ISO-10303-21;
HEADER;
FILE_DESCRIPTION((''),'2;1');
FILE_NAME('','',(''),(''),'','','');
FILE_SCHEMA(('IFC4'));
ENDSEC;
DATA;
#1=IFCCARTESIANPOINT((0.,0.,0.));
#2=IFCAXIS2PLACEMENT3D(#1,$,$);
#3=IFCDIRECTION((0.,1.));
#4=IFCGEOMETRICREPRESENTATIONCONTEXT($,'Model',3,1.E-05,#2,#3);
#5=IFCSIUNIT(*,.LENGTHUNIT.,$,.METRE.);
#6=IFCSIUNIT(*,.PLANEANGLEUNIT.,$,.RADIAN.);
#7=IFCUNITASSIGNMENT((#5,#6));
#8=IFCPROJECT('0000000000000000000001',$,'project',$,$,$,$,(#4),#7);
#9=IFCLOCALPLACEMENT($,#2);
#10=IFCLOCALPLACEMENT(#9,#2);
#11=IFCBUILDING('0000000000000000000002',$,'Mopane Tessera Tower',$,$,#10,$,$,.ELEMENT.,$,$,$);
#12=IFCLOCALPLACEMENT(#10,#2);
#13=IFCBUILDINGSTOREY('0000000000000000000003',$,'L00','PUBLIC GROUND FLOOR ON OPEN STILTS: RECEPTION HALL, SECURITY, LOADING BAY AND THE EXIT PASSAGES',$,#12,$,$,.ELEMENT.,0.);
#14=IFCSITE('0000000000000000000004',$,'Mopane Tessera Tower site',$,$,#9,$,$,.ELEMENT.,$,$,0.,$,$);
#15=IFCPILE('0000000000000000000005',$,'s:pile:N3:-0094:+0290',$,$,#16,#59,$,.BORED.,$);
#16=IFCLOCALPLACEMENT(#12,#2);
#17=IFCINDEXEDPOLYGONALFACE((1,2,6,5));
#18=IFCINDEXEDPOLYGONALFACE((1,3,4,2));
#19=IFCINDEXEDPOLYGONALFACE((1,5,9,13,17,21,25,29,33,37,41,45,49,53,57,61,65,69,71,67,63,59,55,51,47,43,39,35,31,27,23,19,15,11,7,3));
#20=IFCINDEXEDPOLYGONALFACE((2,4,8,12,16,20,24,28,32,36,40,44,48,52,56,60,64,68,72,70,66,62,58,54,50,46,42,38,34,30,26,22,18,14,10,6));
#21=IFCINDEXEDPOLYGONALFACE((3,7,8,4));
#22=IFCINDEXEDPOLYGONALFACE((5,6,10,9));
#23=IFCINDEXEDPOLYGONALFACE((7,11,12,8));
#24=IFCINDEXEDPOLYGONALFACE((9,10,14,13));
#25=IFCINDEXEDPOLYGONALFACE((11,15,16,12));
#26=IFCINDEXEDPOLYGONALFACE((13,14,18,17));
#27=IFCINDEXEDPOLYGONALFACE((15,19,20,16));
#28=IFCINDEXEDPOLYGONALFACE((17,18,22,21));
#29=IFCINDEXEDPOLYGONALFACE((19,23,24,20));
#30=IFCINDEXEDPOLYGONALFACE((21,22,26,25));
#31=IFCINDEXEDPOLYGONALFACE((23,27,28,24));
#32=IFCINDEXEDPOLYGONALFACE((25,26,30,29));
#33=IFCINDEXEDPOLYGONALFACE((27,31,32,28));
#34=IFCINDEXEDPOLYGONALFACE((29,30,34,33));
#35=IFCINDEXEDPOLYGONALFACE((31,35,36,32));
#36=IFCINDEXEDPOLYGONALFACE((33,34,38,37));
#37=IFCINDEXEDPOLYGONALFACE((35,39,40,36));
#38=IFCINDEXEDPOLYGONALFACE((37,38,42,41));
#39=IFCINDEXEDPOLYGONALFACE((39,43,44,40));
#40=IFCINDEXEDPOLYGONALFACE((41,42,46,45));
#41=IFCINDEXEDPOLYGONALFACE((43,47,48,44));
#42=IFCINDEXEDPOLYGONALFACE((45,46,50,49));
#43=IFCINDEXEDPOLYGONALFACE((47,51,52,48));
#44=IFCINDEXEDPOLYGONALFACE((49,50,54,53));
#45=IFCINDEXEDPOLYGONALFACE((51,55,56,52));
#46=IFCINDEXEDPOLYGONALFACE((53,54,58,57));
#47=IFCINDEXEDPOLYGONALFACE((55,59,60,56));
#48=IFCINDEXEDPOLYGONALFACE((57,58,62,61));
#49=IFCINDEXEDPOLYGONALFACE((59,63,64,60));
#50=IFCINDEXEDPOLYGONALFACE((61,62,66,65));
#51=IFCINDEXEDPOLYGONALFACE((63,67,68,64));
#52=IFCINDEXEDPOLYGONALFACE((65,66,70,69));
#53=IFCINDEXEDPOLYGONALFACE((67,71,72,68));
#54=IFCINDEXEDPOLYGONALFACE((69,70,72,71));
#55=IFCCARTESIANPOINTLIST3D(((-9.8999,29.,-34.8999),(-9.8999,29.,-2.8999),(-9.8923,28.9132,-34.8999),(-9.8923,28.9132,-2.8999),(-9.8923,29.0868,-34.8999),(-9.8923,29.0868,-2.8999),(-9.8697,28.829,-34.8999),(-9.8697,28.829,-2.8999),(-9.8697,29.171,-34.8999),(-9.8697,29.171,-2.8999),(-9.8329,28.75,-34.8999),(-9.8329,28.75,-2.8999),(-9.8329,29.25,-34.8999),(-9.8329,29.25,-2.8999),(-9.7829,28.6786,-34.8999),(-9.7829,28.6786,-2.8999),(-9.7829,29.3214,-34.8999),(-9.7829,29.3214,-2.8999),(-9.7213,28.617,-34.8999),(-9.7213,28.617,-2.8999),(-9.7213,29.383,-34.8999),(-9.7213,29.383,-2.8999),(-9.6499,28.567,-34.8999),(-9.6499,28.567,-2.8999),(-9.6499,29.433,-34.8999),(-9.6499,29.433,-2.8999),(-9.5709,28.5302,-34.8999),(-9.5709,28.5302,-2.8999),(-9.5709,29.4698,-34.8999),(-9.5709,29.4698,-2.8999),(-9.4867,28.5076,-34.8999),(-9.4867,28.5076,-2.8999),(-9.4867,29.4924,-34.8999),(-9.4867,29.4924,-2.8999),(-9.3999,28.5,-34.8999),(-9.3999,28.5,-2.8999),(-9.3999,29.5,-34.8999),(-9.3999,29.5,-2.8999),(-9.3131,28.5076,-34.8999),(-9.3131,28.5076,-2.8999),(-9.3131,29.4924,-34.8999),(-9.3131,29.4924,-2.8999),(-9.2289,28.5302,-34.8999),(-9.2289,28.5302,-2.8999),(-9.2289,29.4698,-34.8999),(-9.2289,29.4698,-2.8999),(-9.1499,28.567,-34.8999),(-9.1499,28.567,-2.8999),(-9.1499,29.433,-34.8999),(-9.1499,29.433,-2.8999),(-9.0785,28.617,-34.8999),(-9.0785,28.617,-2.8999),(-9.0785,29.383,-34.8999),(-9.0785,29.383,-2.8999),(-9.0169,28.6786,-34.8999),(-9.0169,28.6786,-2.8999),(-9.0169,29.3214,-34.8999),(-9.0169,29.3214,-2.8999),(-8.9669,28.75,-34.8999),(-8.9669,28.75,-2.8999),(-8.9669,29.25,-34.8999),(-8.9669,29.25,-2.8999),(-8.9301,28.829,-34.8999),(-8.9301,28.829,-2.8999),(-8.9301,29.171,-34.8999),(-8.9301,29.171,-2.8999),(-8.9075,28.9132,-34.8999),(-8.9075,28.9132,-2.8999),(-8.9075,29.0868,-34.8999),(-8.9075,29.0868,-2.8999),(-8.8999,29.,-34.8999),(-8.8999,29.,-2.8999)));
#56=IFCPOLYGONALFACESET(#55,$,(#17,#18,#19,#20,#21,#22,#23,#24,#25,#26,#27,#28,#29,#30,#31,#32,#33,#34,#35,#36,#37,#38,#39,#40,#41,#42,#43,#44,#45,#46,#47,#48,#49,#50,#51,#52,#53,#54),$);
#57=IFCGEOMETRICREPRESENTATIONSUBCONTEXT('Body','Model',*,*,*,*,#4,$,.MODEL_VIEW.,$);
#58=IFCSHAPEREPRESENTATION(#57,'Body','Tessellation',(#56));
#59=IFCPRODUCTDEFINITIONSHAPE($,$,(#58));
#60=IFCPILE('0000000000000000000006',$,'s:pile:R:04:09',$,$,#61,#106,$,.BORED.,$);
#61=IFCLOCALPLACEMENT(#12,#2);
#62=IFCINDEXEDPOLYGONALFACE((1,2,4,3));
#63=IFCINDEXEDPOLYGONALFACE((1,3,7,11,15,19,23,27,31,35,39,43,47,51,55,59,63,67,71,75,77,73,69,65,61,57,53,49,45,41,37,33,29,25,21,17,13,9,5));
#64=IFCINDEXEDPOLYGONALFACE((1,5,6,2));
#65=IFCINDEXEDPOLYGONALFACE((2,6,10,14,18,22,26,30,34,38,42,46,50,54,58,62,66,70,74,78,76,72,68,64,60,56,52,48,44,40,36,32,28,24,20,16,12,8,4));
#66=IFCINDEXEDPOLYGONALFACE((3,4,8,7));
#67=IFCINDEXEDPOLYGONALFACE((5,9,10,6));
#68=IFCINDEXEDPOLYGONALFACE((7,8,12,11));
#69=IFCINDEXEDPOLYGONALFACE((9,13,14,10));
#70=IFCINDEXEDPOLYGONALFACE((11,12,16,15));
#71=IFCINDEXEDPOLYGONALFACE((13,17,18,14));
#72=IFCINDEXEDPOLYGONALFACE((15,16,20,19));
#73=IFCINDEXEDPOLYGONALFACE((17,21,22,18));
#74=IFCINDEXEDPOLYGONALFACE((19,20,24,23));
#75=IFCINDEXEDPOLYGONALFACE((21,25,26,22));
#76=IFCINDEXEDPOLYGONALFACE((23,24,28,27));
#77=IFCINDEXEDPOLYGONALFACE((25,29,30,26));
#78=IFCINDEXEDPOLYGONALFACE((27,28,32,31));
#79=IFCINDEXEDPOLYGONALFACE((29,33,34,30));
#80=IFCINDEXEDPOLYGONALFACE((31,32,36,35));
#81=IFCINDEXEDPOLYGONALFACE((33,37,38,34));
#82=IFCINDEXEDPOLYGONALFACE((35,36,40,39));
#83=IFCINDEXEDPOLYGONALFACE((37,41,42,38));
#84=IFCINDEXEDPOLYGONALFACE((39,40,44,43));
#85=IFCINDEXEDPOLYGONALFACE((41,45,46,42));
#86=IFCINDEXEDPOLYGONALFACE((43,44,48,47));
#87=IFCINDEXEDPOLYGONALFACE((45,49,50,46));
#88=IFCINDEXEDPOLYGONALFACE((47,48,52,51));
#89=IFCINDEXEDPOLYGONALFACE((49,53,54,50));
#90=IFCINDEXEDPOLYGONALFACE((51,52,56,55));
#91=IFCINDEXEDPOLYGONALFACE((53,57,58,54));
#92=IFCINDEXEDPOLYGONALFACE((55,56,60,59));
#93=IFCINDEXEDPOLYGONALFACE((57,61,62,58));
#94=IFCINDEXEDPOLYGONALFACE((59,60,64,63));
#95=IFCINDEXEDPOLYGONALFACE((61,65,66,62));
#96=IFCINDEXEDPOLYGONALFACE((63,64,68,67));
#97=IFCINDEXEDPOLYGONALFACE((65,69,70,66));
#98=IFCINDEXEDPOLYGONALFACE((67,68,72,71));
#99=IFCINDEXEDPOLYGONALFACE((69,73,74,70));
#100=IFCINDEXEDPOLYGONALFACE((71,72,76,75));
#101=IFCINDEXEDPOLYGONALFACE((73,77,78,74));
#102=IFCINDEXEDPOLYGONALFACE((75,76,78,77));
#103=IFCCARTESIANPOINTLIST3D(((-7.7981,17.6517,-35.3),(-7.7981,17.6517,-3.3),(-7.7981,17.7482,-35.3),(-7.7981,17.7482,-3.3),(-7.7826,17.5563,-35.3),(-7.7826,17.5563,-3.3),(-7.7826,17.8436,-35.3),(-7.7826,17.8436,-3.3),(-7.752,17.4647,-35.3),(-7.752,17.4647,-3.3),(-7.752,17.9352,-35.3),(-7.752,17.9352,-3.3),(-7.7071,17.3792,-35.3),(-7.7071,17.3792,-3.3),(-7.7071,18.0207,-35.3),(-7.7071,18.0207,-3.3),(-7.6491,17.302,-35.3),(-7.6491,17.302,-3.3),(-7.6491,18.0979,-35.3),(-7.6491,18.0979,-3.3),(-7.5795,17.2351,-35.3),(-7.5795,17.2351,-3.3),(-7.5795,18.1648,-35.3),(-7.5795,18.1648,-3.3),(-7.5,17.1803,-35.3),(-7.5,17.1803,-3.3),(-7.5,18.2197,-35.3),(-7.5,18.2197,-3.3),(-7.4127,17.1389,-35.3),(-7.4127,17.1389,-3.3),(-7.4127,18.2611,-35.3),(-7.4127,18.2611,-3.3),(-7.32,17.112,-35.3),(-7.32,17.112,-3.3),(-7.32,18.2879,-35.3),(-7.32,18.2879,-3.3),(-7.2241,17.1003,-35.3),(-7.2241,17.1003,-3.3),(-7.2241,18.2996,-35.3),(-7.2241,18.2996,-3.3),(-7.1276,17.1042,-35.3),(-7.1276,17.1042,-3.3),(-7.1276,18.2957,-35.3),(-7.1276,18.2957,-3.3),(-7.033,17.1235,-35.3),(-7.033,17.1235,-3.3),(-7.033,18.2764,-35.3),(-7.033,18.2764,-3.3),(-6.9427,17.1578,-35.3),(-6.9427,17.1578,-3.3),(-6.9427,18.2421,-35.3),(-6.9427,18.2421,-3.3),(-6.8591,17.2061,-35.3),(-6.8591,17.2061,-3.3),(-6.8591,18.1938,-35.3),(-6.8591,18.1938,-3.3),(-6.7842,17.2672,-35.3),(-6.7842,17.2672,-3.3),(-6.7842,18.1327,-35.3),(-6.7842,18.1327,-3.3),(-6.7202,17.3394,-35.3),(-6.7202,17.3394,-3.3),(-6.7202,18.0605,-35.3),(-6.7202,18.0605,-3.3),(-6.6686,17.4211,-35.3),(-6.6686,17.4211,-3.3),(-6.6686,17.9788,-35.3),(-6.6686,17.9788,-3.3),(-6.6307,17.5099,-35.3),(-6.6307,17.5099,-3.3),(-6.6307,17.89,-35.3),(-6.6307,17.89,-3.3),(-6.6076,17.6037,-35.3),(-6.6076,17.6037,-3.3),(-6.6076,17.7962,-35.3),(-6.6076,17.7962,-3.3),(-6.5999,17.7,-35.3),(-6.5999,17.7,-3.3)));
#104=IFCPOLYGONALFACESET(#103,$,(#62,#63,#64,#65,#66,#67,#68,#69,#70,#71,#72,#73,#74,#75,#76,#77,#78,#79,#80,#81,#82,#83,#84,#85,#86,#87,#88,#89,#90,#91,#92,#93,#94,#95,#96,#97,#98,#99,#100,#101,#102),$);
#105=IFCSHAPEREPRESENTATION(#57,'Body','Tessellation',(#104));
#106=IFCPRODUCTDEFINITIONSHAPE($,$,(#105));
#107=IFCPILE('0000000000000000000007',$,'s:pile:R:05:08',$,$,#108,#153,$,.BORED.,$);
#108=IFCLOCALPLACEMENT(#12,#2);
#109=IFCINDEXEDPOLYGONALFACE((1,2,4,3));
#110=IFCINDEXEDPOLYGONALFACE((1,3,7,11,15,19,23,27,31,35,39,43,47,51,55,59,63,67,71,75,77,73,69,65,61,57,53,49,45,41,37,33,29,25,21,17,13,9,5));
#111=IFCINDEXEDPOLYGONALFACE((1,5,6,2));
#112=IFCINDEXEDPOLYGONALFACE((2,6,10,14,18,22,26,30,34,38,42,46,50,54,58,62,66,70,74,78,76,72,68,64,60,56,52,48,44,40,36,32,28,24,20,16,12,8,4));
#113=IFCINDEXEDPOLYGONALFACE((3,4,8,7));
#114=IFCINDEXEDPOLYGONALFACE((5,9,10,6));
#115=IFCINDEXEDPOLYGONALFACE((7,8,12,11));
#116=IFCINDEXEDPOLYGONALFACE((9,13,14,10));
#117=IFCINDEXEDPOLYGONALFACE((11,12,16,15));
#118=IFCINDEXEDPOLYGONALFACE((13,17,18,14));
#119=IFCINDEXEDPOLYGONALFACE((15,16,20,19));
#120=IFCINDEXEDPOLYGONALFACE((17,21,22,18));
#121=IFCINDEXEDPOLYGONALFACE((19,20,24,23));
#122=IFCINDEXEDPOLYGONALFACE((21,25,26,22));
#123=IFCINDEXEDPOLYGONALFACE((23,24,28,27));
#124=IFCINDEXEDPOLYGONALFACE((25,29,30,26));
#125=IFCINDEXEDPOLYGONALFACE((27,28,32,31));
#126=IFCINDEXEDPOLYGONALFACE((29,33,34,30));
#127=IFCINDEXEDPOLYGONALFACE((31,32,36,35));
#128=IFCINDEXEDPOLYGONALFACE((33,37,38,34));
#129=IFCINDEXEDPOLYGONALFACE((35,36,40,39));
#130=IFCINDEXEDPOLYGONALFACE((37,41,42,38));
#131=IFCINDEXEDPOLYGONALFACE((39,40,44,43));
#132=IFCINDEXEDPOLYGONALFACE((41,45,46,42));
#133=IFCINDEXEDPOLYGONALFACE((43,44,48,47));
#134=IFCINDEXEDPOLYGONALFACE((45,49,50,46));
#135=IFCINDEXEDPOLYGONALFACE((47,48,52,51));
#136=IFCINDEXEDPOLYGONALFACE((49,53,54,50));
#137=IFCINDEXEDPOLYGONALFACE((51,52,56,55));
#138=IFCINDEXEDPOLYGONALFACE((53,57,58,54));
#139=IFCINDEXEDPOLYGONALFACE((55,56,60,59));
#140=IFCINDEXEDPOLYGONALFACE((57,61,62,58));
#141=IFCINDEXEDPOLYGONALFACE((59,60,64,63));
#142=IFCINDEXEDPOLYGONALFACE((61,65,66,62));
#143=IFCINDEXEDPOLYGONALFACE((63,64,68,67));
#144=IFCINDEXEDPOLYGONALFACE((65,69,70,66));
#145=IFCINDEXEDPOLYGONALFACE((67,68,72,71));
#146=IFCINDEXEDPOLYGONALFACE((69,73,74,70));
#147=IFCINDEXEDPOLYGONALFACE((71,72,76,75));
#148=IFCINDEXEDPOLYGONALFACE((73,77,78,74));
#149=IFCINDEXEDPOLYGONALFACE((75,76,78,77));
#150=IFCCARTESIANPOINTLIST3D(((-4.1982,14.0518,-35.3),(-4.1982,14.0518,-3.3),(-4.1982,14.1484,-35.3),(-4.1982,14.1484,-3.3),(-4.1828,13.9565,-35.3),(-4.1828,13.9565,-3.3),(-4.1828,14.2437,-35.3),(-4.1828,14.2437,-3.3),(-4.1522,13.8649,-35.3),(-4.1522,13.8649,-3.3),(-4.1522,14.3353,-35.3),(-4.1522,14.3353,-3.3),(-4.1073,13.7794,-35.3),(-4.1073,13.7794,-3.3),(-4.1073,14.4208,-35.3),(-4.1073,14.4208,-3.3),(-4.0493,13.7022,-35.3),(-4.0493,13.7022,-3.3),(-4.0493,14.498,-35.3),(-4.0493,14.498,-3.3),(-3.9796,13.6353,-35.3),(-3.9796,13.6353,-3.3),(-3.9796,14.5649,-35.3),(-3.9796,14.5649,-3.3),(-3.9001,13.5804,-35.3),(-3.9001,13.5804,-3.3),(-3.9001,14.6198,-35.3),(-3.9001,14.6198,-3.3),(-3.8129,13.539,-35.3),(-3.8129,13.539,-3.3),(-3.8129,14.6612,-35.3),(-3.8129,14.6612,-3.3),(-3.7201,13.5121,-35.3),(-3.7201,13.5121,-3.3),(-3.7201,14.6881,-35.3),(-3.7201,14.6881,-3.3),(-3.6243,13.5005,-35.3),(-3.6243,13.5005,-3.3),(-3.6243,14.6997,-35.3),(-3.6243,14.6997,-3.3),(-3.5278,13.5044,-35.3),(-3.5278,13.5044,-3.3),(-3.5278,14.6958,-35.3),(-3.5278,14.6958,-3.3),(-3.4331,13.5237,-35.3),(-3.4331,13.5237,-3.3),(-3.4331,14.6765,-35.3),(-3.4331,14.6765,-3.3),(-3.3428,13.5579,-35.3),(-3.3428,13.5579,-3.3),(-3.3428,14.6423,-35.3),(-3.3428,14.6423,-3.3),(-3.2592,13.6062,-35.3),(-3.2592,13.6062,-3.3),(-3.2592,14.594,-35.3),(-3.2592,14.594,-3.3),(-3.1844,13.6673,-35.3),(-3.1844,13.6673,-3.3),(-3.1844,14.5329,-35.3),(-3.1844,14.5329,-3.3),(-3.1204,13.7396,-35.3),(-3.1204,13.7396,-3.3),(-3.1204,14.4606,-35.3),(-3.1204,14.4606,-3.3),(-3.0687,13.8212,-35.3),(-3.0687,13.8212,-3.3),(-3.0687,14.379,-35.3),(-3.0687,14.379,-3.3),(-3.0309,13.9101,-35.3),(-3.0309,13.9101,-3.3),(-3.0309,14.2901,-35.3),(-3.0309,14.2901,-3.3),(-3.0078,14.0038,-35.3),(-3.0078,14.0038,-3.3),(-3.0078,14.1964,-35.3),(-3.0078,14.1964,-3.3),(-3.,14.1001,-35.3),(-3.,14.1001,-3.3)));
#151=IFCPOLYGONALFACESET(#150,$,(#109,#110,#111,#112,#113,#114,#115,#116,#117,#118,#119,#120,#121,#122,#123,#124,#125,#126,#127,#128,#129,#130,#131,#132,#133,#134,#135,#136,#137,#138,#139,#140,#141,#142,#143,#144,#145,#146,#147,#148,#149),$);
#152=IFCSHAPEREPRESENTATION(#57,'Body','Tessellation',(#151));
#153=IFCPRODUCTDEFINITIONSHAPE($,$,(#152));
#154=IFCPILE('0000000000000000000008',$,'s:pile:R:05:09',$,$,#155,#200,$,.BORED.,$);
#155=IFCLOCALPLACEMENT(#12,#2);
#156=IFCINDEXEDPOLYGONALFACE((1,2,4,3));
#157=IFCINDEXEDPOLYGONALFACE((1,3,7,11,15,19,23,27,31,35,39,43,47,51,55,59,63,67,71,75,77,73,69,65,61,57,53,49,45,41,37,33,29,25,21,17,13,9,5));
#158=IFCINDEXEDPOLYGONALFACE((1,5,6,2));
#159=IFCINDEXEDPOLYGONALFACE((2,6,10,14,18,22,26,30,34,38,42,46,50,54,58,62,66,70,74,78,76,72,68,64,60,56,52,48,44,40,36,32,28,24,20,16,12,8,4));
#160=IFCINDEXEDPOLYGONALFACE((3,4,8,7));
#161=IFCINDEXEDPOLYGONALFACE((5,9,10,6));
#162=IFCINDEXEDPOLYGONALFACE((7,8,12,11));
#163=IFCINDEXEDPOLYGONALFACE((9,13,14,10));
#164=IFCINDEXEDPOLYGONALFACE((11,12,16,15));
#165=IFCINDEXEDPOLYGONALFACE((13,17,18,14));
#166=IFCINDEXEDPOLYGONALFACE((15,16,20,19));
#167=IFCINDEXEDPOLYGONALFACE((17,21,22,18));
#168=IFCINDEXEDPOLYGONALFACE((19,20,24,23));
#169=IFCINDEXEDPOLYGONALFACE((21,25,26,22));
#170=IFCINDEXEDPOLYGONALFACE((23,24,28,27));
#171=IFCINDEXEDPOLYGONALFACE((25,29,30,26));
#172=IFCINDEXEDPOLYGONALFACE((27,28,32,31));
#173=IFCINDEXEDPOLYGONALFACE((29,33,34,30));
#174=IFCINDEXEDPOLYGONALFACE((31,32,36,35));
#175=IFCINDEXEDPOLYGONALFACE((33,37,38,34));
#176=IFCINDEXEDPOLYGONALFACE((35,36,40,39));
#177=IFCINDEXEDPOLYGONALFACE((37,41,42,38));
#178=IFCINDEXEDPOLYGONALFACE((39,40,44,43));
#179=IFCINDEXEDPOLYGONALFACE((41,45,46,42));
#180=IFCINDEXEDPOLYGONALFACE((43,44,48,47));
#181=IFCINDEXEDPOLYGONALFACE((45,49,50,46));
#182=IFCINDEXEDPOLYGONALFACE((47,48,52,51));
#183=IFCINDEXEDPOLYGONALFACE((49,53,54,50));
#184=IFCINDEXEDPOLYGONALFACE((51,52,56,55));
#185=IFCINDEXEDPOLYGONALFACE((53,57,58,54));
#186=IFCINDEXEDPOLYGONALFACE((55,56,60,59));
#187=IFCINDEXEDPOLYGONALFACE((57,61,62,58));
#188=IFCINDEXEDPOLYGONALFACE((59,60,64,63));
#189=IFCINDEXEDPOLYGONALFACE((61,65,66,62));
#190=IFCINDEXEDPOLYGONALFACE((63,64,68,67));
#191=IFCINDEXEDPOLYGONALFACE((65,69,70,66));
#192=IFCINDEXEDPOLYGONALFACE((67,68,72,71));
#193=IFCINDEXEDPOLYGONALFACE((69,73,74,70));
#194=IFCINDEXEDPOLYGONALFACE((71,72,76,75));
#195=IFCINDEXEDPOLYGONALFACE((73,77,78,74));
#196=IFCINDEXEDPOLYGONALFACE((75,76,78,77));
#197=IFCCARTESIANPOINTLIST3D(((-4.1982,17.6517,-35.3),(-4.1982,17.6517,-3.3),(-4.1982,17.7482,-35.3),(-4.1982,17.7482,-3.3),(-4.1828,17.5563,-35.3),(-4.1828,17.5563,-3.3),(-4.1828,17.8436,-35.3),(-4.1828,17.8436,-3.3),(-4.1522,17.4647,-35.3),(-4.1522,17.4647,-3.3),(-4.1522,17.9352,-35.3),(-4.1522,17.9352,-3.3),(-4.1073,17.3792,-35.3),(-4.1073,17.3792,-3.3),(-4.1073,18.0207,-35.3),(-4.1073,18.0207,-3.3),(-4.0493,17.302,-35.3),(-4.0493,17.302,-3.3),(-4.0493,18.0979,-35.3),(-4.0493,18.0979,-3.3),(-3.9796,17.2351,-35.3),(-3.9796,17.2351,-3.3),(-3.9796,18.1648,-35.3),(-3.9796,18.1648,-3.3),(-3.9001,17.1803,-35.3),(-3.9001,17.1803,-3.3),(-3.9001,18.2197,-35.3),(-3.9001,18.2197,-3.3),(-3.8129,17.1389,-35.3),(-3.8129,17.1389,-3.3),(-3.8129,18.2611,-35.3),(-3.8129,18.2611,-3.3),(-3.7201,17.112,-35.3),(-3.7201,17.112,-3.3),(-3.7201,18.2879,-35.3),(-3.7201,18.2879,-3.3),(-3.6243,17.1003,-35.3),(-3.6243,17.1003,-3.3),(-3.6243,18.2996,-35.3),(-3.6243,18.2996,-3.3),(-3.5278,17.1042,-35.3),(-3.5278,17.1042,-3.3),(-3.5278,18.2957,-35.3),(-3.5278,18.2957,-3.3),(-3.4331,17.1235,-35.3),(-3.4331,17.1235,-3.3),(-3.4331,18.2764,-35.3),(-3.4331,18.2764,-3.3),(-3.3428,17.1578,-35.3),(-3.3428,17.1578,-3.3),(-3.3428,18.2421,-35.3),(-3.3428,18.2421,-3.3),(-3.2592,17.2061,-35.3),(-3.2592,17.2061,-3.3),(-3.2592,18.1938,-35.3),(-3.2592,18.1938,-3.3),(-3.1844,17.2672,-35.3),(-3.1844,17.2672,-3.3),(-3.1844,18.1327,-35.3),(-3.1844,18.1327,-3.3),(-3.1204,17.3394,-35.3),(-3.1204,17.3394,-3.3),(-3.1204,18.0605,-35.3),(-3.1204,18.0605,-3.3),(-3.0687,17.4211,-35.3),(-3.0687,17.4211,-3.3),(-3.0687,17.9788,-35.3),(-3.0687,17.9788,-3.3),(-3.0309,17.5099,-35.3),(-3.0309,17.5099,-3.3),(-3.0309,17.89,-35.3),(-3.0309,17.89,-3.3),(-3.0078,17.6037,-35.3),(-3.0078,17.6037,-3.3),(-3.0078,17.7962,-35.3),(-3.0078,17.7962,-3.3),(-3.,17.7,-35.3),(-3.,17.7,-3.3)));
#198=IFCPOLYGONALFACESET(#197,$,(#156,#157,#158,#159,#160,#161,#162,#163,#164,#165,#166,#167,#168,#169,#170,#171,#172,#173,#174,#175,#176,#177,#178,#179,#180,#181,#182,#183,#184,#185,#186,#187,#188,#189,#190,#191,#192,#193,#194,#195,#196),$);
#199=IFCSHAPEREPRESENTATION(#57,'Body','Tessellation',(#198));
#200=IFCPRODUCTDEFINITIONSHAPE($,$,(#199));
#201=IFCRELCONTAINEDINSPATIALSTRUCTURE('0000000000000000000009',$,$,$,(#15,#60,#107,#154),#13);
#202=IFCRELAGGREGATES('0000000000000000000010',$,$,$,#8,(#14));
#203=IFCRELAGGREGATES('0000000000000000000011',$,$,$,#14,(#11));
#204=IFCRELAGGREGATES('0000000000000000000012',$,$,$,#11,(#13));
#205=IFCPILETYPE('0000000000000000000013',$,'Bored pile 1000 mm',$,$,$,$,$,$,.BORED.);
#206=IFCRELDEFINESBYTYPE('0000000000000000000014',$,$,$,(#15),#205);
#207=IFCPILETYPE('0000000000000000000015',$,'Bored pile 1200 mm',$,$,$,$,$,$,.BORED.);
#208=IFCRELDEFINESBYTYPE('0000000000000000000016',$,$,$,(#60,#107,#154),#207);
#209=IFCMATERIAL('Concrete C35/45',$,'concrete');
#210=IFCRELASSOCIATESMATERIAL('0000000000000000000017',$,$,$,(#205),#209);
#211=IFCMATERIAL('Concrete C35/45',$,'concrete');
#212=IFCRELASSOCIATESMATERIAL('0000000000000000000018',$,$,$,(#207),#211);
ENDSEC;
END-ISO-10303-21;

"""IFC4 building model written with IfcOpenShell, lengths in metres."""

from ifc_helpers import new_model, si_unit, direction, frame, origin, origin_2d, place, context, subcontext, project, spatial, circle, extrude, material, material_profile, profile_set, type_object, element, save


model = new_model("IFC4")

# Units and contexts
model_context = context("Model", 3, precision=1e-05, world=origin(), true_north=direction((0.0, 1.0)))
body_context = subcontext(model_context, "Body", "Model", "MODEL_VIEW")
ifc_project = project(units=[si_unit("LENGTHUNIT", "METRE"), si_unit("PLANEANGLEUNIT", "RADIAN")], contexts=[model_context])

# Site, building, storey
site_placement = place(None, origin())
site = spatial("IfcSite", under=ifc_project, at=site_placement, Name="Mopane Tessera Tower site", CompositionType="ELEMENT", RefElevation=0.0)
building_placement = place(site_placement, origin())
building = spatial("IfcBuilding", under=site, at=building_placement, Name="Mopane Tessera Tower", CompositionType="ELEMENT")
storey_placement = place(building_placement, origin())
storey = spatial("IfcBuildingStorey", under=building, at=storey_placement, Name="L00", Description="PUBLIC GROUND FLOOR ON OPEN STILTS: RECEPTION HALL, SECURITY, LOADING BAY AND THE EXIT PASSAGES", CompositionType="ELEMENT", Elevation=0.0)

# Piles
ifc_material_1 = material(Name="Concrete C35/45", Category="concrete")
ifc_material_profile_1 = material_profile(ifc_material_1, circle(Radius=0.5, at=origin_2d()))
ifc_profile_set_1 = profile_set([ifc_material_profile_1], Name="Concrete C35/45")
pile_type_1 = type_object("IfcPileType", Name="Bored pile 1000 mm", PredefinedType="BORED", material=ifc_profile_set_1)
for number, where, z_axis, x_axis, name in (
    (1, (-9.3999, 29.0, -2.8999), (0.0, 0.0, -1.0), (1.0, 0.0, 0.0), "s:pile:N3:-0094:+0290"),
):
    element("IfcPile", number, at=place(storey_placement, frame(where, z_axis=z_axis, x_axis=x_axis)), inside=storey, type_object=pile_type_1, Name=name, PredefinedType="BORED", context=body_context, shape_type="SweptSolid", body=[
        extrude(circle(Radius=0.5, at=origin_2d()), origin(), (0.0, 0.0, 1.0), 32.0),
    ])
ifc_material_2 = material(Name="Concrete C35/45", Category="concrete")
ifc_material_profile_2 = material_profile(ifc_material_2, circle(Radius=0.6001, at=origin_2d()))
ifc_profile_set_2 = profile_set([ifc_material_profile_2], Name="Concrete C35/45")
pile_type_2 = type_object("IfcPileType", Name="Bored pile 1200 mm", PredefinedType="BORED", material=ifc_profile_set_2)
for number, where, z_axis, x_axis, name in (
    (2, (-7.2, 17.7, -3.3), (0.0, 0.0, -1.0), (1.0, 0.0, 0.0), "s:pile:R:04:09"),
    (3, (-3.6001, 14.1001, -3.3), (0.0, 0.0, -1.0), (1.0, 0.0, 0.0), "s:pile:R:05:08"),
    (4, (-3.6001, 17.7, -3.3), (0.0, 0.0, -1.0), (1.0, 0.0, 0.0), "s:pile:R:05:09"),
):
    element("IfcPile", number, at=place(storey_placement, frame(where, z_axis=z_axis, x_axis=x_axis)), inside=storey, type_object=pile_type_2, Name=name, PredefinedType="BORED", context=body_context, shape_type="SweptSolid", body=[
        extrude(circle(Radius=0.6001, at=origin_2d()), origin(), (0.0, 0.0, 1.0), 32.0),
    ])

save(model, "model.ifc")
